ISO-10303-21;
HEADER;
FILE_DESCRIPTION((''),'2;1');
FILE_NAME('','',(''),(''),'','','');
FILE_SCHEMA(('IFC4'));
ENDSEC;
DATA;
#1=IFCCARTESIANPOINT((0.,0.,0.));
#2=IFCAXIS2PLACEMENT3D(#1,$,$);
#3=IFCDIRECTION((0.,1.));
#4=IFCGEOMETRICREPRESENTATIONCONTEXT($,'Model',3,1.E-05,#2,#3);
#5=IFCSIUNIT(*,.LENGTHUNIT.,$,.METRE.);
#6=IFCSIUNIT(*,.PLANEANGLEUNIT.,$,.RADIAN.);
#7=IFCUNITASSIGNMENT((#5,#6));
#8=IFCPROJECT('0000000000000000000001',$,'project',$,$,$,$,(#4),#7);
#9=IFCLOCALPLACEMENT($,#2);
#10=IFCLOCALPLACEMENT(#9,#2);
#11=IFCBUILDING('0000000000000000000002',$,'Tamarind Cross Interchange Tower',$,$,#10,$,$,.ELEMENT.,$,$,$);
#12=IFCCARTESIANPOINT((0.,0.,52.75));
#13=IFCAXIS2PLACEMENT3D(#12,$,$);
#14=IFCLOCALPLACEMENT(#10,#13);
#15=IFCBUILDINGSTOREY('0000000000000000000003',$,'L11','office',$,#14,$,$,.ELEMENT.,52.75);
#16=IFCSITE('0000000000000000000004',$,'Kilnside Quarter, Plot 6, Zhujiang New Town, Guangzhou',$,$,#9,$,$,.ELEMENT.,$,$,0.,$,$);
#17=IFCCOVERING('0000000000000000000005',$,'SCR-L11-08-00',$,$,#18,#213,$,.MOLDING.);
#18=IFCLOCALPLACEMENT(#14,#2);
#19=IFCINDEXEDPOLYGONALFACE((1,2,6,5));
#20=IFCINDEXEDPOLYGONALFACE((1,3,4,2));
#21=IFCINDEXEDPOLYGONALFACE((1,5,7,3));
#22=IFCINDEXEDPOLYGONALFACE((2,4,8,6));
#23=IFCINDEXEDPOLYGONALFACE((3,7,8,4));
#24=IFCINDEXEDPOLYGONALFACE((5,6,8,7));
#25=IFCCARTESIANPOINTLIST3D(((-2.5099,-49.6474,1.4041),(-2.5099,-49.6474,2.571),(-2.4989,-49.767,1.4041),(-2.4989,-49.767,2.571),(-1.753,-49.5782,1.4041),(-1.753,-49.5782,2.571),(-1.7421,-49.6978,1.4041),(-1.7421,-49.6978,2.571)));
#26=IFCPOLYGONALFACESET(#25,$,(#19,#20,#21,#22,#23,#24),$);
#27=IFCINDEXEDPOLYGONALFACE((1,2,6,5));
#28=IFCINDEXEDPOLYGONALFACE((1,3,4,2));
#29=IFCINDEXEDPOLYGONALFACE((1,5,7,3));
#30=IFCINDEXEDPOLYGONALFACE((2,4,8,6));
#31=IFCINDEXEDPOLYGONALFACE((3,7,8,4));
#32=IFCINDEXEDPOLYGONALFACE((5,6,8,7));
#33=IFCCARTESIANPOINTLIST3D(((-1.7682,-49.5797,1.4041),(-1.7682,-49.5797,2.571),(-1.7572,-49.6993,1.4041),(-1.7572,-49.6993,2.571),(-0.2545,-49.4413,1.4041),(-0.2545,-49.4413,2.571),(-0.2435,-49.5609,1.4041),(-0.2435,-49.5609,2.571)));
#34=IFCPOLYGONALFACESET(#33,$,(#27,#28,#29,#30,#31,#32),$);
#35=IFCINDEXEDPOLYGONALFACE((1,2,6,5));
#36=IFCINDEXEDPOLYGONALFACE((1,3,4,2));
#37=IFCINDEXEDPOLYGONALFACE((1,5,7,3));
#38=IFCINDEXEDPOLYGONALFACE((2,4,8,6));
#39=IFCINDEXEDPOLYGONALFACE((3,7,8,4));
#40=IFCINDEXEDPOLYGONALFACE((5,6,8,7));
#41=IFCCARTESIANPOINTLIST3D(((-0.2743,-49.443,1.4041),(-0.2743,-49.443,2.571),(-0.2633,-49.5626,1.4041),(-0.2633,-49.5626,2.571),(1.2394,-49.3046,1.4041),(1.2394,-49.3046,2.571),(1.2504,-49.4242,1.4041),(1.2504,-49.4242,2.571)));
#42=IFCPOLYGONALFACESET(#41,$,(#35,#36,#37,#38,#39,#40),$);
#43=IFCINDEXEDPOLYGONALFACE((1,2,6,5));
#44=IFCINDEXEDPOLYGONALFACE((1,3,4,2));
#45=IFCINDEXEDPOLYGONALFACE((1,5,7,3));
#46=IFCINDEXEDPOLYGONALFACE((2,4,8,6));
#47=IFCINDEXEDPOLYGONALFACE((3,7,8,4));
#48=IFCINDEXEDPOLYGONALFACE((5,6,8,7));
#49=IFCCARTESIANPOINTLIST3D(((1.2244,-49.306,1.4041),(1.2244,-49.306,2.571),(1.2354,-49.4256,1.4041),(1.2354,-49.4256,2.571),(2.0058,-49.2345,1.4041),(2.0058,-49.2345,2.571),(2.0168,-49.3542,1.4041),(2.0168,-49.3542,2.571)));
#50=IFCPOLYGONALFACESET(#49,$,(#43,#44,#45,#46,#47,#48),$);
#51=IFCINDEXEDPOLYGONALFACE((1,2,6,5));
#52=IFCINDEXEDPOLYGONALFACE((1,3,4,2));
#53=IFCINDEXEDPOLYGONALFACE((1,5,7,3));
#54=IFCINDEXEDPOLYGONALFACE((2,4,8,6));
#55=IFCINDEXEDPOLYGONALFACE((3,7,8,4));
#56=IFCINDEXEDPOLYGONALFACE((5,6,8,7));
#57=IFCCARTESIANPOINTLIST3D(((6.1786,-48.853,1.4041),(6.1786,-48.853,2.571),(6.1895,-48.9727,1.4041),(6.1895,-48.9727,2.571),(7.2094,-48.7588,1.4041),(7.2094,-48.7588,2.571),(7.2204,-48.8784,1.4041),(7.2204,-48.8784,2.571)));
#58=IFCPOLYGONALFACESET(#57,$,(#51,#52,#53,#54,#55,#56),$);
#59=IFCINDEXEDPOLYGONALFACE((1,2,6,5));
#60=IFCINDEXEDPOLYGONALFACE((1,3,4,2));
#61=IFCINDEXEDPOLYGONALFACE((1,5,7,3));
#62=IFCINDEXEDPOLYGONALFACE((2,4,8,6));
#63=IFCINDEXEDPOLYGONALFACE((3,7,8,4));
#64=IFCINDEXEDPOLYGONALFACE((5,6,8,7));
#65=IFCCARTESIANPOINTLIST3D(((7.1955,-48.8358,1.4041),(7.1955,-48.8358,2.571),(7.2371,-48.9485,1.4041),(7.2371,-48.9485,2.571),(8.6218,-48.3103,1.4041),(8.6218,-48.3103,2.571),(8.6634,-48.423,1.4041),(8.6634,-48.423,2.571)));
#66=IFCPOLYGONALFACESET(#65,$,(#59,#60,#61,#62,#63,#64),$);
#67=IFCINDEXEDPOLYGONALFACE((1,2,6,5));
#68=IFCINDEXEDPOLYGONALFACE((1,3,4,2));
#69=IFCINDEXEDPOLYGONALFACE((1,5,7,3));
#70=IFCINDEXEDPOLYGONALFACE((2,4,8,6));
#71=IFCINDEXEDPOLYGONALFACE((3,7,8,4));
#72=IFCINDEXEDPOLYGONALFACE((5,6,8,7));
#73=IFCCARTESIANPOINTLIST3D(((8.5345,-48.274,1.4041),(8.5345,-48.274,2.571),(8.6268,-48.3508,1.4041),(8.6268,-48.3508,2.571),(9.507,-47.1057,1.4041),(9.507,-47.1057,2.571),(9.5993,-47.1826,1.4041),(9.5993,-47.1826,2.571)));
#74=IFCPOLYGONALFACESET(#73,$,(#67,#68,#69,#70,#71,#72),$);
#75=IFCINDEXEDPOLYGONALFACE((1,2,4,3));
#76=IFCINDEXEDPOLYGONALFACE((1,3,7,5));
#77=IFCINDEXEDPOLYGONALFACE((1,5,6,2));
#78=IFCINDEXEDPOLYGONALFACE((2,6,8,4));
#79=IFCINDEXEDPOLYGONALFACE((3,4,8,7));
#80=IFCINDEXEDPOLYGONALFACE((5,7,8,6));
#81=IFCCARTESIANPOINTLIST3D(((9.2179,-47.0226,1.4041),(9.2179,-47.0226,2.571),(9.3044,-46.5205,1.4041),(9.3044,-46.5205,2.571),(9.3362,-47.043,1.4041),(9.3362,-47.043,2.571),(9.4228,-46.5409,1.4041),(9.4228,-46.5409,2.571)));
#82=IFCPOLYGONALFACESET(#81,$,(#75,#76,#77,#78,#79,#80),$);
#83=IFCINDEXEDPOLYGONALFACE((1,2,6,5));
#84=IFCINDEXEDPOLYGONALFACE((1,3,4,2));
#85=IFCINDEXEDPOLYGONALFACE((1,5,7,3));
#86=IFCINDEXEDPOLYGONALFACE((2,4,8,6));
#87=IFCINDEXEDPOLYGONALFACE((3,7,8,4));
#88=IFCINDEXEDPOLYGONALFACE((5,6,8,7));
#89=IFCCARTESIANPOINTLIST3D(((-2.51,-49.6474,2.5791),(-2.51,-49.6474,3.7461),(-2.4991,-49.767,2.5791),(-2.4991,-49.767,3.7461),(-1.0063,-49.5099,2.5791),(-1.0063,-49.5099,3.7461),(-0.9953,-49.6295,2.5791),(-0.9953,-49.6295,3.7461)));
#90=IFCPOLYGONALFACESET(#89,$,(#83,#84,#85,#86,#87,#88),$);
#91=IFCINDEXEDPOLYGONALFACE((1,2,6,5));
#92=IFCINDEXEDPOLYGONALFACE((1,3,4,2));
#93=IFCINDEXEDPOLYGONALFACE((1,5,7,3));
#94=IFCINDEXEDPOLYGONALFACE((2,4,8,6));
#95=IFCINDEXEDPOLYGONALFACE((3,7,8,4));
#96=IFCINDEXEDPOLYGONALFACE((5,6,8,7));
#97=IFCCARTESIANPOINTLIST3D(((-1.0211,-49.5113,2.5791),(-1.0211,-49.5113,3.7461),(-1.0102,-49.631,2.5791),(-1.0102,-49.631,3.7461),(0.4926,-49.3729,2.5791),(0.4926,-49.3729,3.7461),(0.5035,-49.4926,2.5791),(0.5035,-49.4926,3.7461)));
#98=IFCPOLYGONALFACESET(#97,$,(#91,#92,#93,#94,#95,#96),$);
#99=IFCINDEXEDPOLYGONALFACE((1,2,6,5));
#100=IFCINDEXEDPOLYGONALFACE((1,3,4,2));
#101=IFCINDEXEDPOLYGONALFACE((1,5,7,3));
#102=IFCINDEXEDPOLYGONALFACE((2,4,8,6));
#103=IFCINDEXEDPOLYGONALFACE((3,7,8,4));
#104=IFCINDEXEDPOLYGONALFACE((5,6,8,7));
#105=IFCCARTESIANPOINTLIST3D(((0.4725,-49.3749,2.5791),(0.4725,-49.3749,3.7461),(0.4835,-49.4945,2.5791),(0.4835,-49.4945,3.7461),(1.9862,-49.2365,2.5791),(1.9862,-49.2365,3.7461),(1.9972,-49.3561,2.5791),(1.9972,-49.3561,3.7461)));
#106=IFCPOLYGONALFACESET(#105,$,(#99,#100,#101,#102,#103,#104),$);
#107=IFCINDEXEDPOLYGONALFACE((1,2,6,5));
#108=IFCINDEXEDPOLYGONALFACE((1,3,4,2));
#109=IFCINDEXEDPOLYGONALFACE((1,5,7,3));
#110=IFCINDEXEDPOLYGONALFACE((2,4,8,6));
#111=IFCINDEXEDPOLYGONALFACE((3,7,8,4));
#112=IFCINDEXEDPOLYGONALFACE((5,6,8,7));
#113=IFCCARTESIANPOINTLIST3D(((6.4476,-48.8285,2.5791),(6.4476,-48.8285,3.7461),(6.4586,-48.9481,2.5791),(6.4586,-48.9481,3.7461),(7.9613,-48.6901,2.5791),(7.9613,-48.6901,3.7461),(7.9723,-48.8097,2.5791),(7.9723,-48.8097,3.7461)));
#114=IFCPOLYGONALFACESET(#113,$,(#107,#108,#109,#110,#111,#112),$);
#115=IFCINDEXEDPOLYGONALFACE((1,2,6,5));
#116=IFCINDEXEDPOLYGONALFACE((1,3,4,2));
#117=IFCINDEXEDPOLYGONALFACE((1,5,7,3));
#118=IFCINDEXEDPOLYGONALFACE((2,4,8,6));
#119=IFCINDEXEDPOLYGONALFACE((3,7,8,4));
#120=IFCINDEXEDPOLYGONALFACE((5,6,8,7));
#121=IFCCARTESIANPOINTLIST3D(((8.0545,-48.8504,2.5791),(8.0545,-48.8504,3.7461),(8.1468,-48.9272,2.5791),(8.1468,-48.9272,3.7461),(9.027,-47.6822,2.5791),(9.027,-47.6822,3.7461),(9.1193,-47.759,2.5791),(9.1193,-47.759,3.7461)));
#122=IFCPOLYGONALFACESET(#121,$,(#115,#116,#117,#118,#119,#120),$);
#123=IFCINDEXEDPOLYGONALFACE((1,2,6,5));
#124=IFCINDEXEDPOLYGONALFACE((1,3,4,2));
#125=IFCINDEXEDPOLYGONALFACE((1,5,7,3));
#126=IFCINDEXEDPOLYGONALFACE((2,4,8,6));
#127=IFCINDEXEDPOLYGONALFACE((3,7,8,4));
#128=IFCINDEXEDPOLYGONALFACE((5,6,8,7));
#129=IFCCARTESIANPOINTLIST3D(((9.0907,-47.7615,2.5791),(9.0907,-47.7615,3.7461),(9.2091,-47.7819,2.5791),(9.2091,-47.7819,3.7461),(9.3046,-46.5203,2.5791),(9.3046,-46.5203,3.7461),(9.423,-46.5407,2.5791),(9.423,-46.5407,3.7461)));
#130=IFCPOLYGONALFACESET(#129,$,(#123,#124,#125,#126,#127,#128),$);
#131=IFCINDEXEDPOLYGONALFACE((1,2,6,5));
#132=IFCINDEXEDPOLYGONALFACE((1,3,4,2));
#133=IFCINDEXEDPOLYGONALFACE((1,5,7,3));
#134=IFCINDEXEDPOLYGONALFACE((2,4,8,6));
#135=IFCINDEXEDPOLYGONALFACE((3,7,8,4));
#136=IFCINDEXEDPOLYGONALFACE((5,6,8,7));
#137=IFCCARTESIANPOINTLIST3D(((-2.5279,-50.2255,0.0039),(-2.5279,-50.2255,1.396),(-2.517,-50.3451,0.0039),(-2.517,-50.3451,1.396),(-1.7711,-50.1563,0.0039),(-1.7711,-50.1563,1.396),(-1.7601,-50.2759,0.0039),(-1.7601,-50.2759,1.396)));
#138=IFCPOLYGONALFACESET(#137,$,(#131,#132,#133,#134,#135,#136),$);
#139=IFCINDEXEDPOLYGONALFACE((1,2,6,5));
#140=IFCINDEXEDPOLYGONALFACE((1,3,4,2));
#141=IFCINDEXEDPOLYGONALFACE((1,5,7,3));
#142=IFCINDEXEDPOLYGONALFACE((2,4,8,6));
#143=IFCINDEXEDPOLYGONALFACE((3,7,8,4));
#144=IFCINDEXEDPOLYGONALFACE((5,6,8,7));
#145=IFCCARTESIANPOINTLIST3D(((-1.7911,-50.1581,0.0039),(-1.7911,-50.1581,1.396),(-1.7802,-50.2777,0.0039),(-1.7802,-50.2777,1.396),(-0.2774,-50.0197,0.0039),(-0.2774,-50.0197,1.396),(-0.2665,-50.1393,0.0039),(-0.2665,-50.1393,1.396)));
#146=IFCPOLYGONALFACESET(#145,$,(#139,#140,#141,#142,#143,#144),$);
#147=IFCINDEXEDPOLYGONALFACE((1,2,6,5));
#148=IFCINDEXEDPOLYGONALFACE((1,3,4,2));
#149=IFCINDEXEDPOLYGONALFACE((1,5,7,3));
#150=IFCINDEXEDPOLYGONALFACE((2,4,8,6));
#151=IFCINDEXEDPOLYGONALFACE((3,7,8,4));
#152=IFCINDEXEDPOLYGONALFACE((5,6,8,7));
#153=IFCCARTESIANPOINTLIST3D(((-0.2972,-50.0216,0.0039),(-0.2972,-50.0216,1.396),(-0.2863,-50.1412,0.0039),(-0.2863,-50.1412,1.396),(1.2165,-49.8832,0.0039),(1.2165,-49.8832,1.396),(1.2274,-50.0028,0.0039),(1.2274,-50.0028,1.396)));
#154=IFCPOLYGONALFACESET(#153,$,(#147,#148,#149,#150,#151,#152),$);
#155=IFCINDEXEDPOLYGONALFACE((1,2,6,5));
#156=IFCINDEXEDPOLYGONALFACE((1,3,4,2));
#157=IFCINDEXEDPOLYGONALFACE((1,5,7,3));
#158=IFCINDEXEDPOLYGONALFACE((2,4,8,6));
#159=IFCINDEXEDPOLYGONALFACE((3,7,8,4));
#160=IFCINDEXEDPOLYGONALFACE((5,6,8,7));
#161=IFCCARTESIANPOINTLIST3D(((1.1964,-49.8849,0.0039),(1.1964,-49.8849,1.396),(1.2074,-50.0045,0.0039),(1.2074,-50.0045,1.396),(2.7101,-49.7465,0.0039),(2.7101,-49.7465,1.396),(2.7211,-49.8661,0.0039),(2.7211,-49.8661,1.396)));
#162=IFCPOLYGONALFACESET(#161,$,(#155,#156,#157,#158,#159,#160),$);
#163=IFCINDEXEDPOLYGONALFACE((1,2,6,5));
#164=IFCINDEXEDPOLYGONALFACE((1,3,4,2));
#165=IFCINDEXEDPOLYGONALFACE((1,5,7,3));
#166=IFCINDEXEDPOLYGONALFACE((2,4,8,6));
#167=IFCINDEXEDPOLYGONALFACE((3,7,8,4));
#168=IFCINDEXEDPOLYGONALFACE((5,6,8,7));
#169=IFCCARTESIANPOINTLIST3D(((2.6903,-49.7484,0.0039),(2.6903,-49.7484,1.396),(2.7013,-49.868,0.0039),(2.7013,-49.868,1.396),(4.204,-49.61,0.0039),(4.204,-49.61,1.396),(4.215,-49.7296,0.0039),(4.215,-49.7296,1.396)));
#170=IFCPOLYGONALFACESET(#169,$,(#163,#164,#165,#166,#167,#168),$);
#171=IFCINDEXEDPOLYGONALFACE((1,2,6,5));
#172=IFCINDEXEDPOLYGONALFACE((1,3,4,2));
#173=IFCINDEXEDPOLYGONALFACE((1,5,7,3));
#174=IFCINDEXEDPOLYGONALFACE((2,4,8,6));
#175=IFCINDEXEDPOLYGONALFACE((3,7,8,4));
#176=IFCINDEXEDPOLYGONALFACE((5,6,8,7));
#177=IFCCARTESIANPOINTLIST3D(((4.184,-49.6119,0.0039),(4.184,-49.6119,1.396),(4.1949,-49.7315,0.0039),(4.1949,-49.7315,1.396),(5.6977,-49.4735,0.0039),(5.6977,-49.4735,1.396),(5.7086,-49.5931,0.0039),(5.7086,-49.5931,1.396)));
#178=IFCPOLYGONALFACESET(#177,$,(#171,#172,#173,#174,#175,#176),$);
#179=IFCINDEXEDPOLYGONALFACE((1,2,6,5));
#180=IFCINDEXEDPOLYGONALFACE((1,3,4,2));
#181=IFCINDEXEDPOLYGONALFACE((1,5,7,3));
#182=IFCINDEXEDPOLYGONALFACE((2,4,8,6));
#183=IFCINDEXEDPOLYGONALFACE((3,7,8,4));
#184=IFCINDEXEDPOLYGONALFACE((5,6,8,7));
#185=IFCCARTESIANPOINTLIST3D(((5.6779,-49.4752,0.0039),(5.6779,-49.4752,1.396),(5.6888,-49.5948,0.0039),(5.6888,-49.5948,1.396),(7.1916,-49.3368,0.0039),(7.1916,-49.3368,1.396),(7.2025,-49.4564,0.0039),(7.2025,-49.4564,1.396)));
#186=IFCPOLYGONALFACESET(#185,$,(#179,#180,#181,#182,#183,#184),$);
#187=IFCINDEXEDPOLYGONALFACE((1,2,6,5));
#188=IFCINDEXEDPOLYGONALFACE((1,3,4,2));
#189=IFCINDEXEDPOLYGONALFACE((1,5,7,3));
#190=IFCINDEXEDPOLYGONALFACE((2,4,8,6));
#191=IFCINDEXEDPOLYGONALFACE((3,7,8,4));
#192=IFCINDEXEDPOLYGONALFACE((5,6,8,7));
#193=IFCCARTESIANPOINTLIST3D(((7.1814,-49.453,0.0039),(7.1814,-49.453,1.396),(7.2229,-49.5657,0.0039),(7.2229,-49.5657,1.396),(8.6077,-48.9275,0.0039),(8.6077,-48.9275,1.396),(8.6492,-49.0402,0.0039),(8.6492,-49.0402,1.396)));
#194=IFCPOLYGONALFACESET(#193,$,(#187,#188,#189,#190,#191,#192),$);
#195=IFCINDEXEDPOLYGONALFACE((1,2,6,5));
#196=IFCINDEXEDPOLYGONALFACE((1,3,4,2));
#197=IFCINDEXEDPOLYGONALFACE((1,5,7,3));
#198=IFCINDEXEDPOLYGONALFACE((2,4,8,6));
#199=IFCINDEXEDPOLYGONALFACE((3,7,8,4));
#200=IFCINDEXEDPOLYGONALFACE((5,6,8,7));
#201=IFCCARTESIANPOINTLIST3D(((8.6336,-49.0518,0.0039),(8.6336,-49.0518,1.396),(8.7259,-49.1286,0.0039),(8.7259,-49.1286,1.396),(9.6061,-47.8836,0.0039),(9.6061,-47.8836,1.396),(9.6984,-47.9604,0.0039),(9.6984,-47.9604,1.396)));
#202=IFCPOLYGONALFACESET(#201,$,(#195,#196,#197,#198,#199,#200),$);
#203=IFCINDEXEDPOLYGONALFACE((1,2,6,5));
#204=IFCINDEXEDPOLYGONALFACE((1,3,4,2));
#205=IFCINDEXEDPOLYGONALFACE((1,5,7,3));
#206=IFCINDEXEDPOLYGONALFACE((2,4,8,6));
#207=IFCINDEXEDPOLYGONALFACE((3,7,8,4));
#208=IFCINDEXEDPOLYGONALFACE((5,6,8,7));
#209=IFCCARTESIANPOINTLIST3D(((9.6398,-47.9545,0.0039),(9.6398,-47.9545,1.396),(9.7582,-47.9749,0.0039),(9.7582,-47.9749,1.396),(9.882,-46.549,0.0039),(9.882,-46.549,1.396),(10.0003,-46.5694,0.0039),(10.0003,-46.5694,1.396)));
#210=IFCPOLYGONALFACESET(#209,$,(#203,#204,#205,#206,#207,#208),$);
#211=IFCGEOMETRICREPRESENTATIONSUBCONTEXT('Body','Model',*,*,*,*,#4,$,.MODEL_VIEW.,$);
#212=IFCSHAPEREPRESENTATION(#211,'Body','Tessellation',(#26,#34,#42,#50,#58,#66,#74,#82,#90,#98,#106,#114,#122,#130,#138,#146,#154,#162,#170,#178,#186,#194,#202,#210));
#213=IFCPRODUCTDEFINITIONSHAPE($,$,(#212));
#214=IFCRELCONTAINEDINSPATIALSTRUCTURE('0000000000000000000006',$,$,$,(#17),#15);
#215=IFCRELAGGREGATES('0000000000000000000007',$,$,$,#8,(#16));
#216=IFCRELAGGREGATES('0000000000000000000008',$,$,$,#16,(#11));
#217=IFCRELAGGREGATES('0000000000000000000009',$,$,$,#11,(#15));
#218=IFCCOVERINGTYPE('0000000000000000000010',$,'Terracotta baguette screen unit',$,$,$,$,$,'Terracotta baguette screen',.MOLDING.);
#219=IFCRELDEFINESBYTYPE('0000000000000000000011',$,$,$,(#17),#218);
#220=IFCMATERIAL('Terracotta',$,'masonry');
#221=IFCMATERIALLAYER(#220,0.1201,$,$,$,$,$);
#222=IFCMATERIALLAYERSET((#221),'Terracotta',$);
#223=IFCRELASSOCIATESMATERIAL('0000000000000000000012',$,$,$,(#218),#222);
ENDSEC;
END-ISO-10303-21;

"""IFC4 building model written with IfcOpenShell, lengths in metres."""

from ifc_helpers import new_model, si_unit, direction, frame, origin, origin_2d, place, context, subcontext, project, spatial, rectangle, extrude, material, layer, layer_set, type_object, element, save


model = new_model("IFC4")

# Units and contexts
model_context = context("Model", 3, precision=1e-05, world=origin(), true_north=direction((0.0, 1.0)))
body_context = subcontext(model_context, "Body", "Model", "MODEL_VIEW")
ifc_project = project(units=[si_unit("LENGTHUNIT", "METRE"), si_unit("PLANEANGLEUNIT", "RADIAN")], contexts=[model_context])

# Site, building, storey
site_placement = place(None, origin())
site = spatial("IfcSite", under=ifc_project, at=site_placement, Name="Kilnside Quarter, Plot 6, Zhujiang New Town, Guangzhou", CompositionType="ELEMENT", RefElevation=0.0)
building_placement = place(site_placement, origin())
building = spatial("IfcBuilding", under=site, at=building_placement, Name="Tamarind Cross Interchange Tower", CompositionType="ELEMENT")
storey_placement = place(building_placement, frame((0.0, 0.0, 52.75)))
storey = spatial("IfcBuildingStorey", under=building, at=storey_placement, Name="L11", Description="office", CompositionType="ELEMENT", Elevation=52.75)

# Covering
ifc_material_1 = material(Name="Terracotta", Category="masonry")
ifc_layer_1 = layer(ifc_material_1, 0.1201)
ifc_layer_set_1 = layer_set([ifc_layer_1], Name="Terracotta")
covering_type = type_object("IfcCoveringType", Name="Terracotta baguette screen unit", ElementType="Terracotta baguette screen", PredefinedType="MOLDING", material=ifc_layer_set_1)
covering_1_placement = place(storey_placement, origin())
element("IfcCovering", 1, at=covering_1_placement, inside=storey, type_object=covering_type, Name="SCR-L11-08-00", PredefinedType="MOLDING", context=body_context, shape_type="SweptSolid", body=[
    extrude(rectangle(XDim=0.76, YDim=0.1201, at=origin_2d()), frame((-2.126, -49.6726, 1.4041), z_axis=(0.0, 0.0, 1.0), x_axis=(0.995846, 0.09105, 0.0)), (0.0, 0.0, 1.0), 1.167),
    extrude(rectangle(XDim=1.52, YDim=0.1201, at=origin_2d()), frame((-1.0059, -49.5703, 1.4041), z_axis=(0.0, 0.0, 1.0), x_axis=(0.995846, 0.09105, 0.0)), (0.0, 0.0, 1.0), 1.167),
    extrude(rectangle(XDim=1.52, YDim=0.1201, at=origin_2d()), frame((0.488, -49.4336, 1.4041), z_axis=(0.0, 0.0, 1.0), x_axis=(0.995846, 0.09105, 0.0)), (0.0, 0.0, 1.0), 1.167),
    extrude(rectangle(XDim=0.7847, YDim=0.1201, at=origin_2d()), frame((1.6206, -49.3301, 1.4041), z_axis=(0.0, 0.0, 1.0), x_axis=(0.995846, 0.09105, 0.0)), (0.0, 0.0, 1.0), 1.167),
    extrude(rectangle(XDim=1.0352, YDim=0.1201, at=origin_2d()), frame((6.6995, -48.8657, 1.4041), z_axis=(0.0, 0.0, 1.0), x_axis=(0.995846, 0.09105, 0.0)), (0.0, 0.0, 1.0), 1.167),
    extrude(rectangle(XDim=1.52, YDim=0.1201, at=origin_2d()), frame((7.9294, -48.6294, 1.4041), z_axis=(0.0, 0.0, 1.0), x_axis=(0.938348, 0.345691, 0.0)), (0.0, 0.0, 1.0), 1.167),
    extrude(rectangle(XDim=1.52, YDim=0.1201, at=origin_2d()), frame((9.0669, -47.7283, 1.4041), z_axis=(0.0, 0.0, 1.0), x_axis=(0.639788, 0.768552, 0.0)), (0.0, 0.0, 1.0), 1.167),
    extrude(rectangle(XDim=0.5095, YDim=0.1201, at=origin_2d()), frame((9.3203, -46.7817, 1.4041), z_axis=(0.0, 0.0, 1.0), x_axis=(0.169797, 0.985479, 0.0)), (0.0, 0.0, 1.0), 1.167),
    extrude(rectangle(XDim=1.51, YDim=0.1201, at=origin_2d()), frame((-1.7527, -49.6384, 2.5791), z_axis=(0.0, 0.0, 1.0), x_axis=(0.995846, 0.09105, 0.0)), (0.0, 0.0, 1.0), 1.167),
    extrude(rectangle(XDim=1.52, YDim=0.1201, at=origin_2d()), frame((-0.2588, -49.502, 2.5791), z_axis=(0.0, 0.0, 1.0), x_axis=(0.995846, 0.09105, 0.0)), (0.0, 0.0, 1.0), 1.167),
    extrude(rectangle(XDim=1.52, YDim=0.1201, at=origin_2d()), frame((1.2349, -49.3655, 2.5791), z_axis=(0.0, 0.0, 1.0), x_axis=(0.995846, 0.09105, 0.0)), (0.0, 0.0, 1.0), 1.167),
    extrude(rectangle(XDim=1.52, YDim=0.1201, at=origin_2d()), frame((7.21, -48.8191, 2.5791), z_axis=(0.0, 0.0, 1.0), x_axis=(0.995846, 0.09105, 0.0)), (0.0, 0.0, 1.0), 1.167),
    extrude(rectangle(XDim=1.52, YDim=0.1201, at=origin_2d()), frame((8.5869, -48.3047, 2.5791), z_axis=(0.0, 0.0, 1.0), x_axis=(0.639788, 0.768552, 0.0)), (0.0, 0.0, 1.0), 1.167),
    extrude(rectangle(XDim=1.2595, YDim=0.1201, at=origin_2d()), frame((9.2568, -47.1511, 2.5791), z_axis=(0.0, 0.0, 1.0), x_axis=(0.169797, 0.985479, 0.0)), (0.0, 0.0, 1.0), 1.167),
    extrude(rectangle(XDim=0.76, YDim=0.1201, at=origin_2d()), frame((-2.144, -50.2507, 0.0039), z_axis=(0.0, 0.0, 1.0), x_axis=(0.995846, 0.09105, 0.0)), (0.0, 0.0, 1.0), 1.3921),
    extrude(rectangle(XDim=1.52, YDim=0.1201, at=origin_2d()), frame((-1.0288, -50.1487, 0.0039), z_axis=(0.0, 0.0, 1.0), x_axis=(0.995846, 0.09105, 0.0)), (0.0, 0.0, 1.0), 1.3921),
    extrude(rectangle(XDim=1.52, YDim=0.1201, at=origin_2d()), frame((0.4651, -50.0122, 0.0039), z_axis=(0.0, 0.0, 1.0), x_axis=(0.995846, 0.09105, 0.0)), (0.0, 0.0, 1.0), 1.3921),
    extrude(rectangle(XDim=1.52, YDim=0.1201, at=origin_2d()), frame((1.9587, -49.8755, 0.0039), z_axis=(0.0, 0.0, 1.0), x_axis=(0.995846, 0.09105, 0.0)), (0.0, 0.0, 1.0), 1.3921),
    extrude(rectangle(XDim=1.52, YDim=0.1201, at=origin_2d()), frame((3.4526, -49.739, 0.0039), z_axis=(0.0, 0.0, 1.0), x_axis=(0.995846, 0.09105, 0.0)), (0.0, 0.0, 1.0), 1.3921),
    extrude(rectangle(XDim=1.52, YDim=0.1201, at=origin_2d()), frame((4.9463, -49.6025, 0.0039), z_axis=(0.0, 0.0, 1.0), x_axis=(0.995846, 0.09105, 0.0)), (0.0, 0.0, 1.0), 1.3921),
    extrude(rectangle(XDim=1.52, YDim=0.1201, at=origin_2d()), frame((6.4402, -49.4658, 0.0039), z_axis=(0.0, 0.0, 1.0), x_axis=(0.995846, 0.09105, 0.0)), (0.0, 0.0, 1.0), 1.3921),
    extrude(rectangle(XDim=1.52, YDim=0.1201, at=origin_2d()), frame((7.9153, -49.2466, 0.0039), z_axis=(0.0, 0.0, 1.0), x_axis=(0.938348, 0.345691, 0.0)), (0.0, 0.0, 1.0), 1.3921),
    extrude(rectangle(XDim=1.52, YDim=0.1201, at=origin_2d()), frame((9.166, -48.5061, 0.0039), z_axis=(0.0, 0.0, 1.0), x_axis=(0.639788, 0.768552, 0.0)), (0.0, 0.0, 1.0), 1.3921),
    extrude(rectangle(XDim=1.4263, YDim=0.1201, at=origin_2d()), frame((9.8201, -47.262, 0.0039), z_axis=(0.0, 0.0, 1.0), x_axis=(0.169797, 0.985479, 0.0)), (0.0, 0.0, 1.0), 1.3921),
])

save(model, "model.ifc")
